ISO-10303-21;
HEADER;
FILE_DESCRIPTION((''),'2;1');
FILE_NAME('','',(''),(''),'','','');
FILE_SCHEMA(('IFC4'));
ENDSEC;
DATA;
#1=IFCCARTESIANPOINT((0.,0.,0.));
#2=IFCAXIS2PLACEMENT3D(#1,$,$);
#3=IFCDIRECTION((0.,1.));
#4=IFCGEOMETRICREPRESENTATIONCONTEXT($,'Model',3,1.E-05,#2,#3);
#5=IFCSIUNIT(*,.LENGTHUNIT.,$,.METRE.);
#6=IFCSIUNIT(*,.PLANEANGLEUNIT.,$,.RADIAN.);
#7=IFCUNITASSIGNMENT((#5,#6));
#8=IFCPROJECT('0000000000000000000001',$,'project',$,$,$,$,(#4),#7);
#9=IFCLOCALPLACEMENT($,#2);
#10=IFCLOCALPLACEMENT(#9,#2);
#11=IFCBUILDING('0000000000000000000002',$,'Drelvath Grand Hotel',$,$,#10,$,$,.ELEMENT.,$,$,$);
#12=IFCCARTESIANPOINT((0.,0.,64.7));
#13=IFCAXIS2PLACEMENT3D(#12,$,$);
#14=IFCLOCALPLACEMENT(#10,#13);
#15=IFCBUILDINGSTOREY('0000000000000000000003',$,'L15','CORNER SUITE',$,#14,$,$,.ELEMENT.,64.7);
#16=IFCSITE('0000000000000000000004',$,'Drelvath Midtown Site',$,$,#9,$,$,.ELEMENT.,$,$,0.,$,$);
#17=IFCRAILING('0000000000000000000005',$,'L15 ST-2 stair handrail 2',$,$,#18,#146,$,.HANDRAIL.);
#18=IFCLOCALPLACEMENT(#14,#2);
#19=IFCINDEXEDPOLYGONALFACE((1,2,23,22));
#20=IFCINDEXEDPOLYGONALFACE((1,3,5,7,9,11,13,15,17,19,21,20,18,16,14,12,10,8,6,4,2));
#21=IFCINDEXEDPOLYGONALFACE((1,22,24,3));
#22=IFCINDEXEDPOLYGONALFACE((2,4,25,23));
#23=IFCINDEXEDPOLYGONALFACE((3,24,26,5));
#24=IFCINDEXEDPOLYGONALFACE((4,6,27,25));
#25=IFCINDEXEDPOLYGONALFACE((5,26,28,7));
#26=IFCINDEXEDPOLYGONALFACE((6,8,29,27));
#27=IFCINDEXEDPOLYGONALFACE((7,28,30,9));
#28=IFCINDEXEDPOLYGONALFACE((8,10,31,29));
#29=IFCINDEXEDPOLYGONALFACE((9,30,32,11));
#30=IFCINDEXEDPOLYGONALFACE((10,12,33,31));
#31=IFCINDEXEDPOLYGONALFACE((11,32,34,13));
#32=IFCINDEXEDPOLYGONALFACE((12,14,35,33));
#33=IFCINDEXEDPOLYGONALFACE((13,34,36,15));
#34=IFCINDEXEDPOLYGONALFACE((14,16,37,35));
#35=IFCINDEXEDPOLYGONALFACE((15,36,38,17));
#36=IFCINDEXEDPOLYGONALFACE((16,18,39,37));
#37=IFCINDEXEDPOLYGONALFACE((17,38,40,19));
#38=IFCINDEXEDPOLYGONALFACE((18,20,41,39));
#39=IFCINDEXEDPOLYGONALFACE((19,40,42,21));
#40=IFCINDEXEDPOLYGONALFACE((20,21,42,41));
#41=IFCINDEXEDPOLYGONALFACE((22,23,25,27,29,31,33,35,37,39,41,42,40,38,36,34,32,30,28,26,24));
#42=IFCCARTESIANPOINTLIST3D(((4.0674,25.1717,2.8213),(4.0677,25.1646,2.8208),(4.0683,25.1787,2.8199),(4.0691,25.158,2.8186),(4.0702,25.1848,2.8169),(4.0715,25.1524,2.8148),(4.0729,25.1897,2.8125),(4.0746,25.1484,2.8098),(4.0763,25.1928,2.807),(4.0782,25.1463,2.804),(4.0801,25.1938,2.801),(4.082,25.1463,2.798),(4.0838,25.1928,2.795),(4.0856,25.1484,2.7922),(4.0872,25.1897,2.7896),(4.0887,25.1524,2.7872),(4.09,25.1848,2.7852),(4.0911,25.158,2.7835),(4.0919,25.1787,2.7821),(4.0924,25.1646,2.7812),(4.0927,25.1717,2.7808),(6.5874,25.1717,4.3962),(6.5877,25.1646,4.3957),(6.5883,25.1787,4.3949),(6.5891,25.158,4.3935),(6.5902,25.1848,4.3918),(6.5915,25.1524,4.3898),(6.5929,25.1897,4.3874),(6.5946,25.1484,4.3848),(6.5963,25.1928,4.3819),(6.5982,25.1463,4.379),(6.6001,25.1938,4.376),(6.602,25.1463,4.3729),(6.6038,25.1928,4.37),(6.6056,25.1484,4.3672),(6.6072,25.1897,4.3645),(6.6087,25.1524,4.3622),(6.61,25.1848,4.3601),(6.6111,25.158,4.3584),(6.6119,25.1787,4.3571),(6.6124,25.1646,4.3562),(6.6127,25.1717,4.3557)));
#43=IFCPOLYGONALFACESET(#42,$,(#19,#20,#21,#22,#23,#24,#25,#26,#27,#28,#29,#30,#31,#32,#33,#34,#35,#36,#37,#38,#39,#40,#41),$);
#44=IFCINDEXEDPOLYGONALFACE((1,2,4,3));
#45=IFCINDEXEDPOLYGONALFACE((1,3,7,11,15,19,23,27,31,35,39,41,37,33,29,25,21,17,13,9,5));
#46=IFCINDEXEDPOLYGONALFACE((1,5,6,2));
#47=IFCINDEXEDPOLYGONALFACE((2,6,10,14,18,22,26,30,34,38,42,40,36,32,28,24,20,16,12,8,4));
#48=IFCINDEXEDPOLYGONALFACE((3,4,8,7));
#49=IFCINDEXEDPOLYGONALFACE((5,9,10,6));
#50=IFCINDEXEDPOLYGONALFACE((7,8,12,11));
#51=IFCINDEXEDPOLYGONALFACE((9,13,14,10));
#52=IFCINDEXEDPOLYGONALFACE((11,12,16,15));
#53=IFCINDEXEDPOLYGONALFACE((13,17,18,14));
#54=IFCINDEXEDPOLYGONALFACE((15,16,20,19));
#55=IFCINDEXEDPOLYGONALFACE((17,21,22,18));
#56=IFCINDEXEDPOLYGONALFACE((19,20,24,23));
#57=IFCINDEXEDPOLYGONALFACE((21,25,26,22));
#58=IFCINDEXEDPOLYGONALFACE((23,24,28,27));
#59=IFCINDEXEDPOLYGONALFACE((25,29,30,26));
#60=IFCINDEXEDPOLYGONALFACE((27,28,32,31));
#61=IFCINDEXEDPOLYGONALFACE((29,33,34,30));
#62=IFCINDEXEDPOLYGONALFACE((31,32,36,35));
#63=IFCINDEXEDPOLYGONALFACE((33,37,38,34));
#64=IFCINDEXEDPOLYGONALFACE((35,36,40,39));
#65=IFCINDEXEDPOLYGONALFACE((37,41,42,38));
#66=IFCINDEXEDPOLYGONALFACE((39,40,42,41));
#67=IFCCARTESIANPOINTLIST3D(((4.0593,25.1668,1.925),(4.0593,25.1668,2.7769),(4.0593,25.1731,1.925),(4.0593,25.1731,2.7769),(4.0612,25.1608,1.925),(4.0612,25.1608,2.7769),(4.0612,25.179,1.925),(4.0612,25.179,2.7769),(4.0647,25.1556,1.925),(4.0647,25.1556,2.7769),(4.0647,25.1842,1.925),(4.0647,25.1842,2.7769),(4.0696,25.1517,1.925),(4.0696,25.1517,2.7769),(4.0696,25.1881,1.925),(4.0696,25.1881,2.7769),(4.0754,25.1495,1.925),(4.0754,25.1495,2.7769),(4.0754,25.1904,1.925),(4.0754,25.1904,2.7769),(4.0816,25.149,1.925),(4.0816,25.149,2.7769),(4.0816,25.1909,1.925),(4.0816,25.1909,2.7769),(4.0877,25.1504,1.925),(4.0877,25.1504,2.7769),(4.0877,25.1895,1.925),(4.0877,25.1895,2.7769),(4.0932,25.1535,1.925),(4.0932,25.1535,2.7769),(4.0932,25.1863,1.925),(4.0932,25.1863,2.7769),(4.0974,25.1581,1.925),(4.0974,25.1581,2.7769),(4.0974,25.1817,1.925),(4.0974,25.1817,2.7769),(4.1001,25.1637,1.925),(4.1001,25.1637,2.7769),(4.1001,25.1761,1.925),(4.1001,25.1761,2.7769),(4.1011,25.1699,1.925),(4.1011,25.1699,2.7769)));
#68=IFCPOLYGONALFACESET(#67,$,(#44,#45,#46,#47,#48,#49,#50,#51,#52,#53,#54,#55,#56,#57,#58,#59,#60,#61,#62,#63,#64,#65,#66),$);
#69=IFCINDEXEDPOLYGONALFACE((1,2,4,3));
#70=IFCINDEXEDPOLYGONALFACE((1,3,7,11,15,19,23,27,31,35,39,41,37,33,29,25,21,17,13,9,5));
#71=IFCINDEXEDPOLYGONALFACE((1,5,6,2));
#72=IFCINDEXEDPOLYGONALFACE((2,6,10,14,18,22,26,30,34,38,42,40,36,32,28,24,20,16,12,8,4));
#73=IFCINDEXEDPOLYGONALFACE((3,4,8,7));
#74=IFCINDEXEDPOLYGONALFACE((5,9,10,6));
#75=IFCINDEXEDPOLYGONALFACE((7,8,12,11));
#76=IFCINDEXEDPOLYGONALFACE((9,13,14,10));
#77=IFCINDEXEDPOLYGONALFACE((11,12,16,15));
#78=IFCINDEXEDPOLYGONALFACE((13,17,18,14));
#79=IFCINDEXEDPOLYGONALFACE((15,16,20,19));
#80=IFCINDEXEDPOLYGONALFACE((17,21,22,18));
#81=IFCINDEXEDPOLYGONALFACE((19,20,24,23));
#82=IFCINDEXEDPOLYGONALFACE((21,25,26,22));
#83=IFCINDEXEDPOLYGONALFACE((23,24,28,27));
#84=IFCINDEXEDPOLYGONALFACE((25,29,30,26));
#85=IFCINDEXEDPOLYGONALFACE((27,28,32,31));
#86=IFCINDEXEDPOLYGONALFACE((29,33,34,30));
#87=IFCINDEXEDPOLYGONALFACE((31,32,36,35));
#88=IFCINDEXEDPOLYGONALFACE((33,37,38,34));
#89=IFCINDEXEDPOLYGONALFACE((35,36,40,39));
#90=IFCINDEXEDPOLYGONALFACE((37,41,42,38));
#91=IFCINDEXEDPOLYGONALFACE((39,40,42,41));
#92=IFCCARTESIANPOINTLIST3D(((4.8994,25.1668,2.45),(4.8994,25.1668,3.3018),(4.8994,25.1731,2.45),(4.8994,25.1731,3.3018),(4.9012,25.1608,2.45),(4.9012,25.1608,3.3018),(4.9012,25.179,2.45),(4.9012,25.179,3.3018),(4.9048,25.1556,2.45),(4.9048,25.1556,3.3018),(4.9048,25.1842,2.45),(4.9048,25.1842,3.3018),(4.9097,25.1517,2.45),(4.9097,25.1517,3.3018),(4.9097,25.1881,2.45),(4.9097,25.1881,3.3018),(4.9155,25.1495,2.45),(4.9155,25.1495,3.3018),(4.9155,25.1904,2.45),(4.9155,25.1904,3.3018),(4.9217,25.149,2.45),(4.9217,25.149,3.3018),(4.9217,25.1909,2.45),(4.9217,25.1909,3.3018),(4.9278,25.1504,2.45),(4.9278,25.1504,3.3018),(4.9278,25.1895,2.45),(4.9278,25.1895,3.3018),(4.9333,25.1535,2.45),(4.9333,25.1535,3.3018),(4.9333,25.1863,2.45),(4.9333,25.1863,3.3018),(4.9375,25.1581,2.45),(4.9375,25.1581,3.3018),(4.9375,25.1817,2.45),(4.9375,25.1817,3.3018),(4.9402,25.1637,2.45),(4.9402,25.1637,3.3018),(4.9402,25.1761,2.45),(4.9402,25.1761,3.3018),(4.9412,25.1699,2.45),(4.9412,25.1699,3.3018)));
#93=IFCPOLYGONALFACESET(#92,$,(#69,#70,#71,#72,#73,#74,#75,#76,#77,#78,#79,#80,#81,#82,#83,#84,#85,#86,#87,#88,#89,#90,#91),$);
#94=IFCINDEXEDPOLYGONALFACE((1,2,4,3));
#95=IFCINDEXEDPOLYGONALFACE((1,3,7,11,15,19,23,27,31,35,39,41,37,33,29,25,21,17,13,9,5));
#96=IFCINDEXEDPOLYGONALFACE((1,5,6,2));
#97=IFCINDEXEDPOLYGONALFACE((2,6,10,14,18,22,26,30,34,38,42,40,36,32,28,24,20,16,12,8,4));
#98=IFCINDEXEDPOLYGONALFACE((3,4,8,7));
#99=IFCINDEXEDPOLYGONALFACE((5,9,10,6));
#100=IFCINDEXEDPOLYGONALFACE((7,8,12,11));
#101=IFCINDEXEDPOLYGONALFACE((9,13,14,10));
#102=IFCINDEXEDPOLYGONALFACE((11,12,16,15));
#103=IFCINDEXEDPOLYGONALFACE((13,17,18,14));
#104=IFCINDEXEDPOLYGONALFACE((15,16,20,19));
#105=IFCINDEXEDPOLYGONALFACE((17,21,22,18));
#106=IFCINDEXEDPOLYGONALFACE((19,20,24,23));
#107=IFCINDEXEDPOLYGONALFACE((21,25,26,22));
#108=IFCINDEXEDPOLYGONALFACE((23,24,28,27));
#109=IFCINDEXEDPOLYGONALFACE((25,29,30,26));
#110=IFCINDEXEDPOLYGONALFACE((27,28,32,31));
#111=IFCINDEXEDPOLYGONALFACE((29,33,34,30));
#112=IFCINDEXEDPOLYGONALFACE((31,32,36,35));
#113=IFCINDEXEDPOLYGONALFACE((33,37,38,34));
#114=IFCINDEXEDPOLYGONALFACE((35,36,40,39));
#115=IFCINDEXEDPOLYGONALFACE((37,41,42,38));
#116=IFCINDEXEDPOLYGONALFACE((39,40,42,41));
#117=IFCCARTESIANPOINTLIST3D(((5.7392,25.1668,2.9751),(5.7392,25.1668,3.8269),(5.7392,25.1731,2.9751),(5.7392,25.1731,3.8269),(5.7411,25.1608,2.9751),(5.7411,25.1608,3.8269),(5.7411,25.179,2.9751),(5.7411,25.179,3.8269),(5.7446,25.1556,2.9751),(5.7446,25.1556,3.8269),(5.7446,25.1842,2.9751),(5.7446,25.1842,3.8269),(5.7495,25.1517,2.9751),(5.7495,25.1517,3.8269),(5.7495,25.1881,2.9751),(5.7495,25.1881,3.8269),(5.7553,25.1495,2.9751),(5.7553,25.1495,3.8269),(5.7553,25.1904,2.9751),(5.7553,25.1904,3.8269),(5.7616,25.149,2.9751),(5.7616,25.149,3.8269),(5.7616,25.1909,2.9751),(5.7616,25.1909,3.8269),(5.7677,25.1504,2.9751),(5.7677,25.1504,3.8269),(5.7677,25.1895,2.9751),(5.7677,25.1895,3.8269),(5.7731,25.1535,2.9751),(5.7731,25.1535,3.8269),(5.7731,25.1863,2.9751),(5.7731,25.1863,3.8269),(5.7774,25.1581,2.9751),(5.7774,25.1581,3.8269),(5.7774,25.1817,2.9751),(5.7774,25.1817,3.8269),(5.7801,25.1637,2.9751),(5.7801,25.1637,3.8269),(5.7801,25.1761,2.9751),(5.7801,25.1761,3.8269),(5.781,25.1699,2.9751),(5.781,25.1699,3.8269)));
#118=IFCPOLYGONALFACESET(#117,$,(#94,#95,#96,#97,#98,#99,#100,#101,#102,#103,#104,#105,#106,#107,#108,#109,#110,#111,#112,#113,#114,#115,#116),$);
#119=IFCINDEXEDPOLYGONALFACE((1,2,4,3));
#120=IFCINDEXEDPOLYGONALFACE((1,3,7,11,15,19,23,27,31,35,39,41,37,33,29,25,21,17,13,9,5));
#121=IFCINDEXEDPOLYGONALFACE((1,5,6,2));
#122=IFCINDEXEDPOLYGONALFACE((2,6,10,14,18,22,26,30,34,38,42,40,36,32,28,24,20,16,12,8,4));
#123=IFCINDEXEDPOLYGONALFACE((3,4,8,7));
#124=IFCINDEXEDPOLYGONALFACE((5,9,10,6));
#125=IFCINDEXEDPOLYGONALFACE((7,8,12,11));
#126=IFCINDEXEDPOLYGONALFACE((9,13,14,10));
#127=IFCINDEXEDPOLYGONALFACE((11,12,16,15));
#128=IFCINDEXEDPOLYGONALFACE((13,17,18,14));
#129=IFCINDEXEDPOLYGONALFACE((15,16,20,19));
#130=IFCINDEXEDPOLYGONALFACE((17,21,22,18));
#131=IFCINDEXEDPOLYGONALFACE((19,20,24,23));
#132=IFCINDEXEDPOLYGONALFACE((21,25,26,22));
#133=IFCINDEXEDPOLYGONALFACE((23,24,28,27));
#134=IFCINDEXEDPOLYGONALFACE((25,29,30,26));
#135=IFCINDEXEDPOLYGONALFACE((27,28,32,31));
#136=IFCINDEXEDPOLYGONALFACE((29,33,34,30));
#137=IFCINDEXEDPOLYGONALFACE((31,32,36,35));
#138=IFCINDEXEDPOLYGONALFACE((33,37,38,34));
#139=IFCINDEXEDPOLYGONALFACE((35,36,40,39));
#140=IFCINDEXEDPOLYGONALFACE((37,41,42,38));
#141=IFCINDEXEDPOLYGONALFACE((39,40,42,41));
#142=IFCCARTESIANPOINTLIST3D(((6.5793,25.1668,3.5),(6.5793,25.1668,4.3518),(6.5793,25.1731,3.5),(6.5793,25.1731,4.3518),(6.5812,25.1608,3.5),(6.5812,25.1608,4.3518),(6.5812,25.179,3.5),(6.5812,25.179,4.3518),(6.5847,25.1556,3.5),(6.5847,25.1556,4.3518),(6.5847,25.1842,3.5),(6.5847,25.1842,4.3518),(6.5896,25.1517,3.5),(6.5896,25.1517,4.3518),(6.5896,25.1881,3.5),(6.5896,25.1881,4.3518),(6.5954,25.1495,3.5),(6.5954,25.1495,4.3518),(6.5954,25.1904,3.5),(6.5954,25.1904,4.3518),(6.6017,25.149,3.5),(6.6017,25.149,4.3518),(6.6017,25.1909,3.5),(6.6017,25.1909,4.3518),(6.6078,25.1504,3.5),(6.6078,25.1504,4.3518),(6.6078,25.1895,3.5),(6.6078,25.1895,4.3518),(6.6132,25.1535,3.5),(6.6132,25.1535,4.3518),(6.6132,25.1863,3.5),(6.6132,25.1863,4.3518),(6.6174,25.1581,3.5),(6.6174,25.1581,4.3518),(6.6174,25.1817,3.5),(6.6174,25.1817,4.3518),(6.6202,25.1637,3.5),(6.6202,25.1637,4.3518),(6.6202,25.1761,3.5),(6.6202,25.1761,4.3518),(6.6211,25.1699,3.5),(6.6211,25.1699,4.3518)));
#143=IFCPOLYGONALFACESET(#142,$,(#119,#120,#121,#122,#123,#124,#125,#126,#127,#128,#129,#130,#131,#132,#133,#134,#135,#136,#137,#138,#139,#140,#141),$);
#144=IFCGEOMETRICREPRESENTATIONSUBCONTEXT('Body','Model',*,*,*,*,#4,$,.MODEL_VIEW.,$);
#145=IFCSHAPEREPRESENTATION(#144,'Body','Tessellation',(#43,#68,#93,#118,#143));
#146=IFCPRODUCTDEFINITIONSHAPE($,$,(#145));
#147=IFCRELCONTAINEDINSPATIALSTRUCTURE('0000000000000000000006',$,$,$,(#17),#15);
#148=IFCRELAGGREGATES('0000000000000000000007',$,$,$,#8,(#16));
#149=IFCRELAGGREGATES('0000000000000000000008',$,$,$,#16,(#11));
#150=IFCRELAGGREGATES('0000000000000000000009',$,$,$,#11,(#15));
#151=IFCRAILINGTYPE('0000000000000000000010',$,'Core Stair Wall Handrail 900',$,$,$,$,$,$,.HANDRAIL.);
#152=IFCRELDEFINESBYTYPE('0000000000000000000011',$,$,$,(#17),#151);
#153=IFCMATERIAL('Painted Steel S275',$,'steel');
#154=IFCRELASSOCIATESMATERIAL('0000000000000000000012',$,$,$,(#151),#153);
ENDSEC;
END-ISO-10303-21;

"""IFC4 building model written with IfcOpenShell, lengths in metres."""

from ifc_helpers import new_model, si_unit, direction, frame, origin, origin_2d, place, context, subcontext, project, spatial, circle, extrude, material, type_object, element, save


model = new_model("IFC4")

# Units and contexts
model_context = context("Model", 3, precision=1e-05, world=origin(), true_north=direction((0.0, 1.0)))
body_context = subcontext(model_context, "Body", "Model", "MODEL_VIEW")
ifc_project = project(units=[si_unit("LENGTHUNIT", "METRE"), si_unit("PLANEANGLEUNIT", "RADIAN")], contexts=[model_context])

# Site, building, storey
site_placement = place(None, origin())
site = spatial("IfcSite", under=ifc_project, at=site_placement, Name="Drelvath Midtown Site", CompositionType="ELEMENT", RefElevation=0.0)
building_placement = place(site_placement, origin())
building = spatial("IfcBuilding", under=site, at=building_placement, Name="Drelvath Grand Hotel", CompositionType="ELEMENT")
storey_placement = place(building_placement, frame((0.0, 0.0, 64.7)))
storey = spatial("IfcBuildingStorey", under=building, at=storey_placement, Name="L15", Description="CORNER SUITE", CompositionType="ELEMENT", Elevation=64.7)

# Shared definitions
ifc_material_1 = material(Name="Painted Steel S275", Category="steel")

# Railing
railing_type_1 = type_object("IfcRailingType", Name="Core Stair Wall Handrail 900", PredefinedType="HANDRAIL", material=ifc_material_1)
railing_1_placement = place(storey_placement, frame((4.0801, 25.1699, 1.925)))
element("IfcRailing", 1, at=railing_1_placement, inside=storey, type_object=railing_type_1, Name="L15 ST-2 stair handrail 2", PredefinedType="HANDRAIL", context=body_context, shape_type="SweptSolid", body=[
    extrude(circle(Radius=0.0239, at=origin_2d()), frame((0.0, 0.0, 0.876), z_axis=(0.848008, 0.0, 0.529984), x_axis=(0.0, 1.0, 0.0)), (0.0, 0.0, 1.0), 2.9717),
    extrude(circle(Radius=0.021, at=origin_2d()), origin(), (0.0, 0.0, 1.0), 0.8518),
    extrude(circle(Radius=0.021, at=origin_2d()), frame((0.8401, 0.0, 0.5249)), (0.0, 0.0, 1.0), 0.8518),
    extrude(circle(Radius=0.021, at=origin_2d()), frame((1.6799, 0.0, 1.05)), (0.0, 0.0, 1.0), 0.8518),
    extrude(circle(Radius=0.021, at=origin_2d()), frame((2.52, 0.0, 1.575)), (0.0, 0.0, 1.0), 0.8518),
])

save(model, "model.ifc")
